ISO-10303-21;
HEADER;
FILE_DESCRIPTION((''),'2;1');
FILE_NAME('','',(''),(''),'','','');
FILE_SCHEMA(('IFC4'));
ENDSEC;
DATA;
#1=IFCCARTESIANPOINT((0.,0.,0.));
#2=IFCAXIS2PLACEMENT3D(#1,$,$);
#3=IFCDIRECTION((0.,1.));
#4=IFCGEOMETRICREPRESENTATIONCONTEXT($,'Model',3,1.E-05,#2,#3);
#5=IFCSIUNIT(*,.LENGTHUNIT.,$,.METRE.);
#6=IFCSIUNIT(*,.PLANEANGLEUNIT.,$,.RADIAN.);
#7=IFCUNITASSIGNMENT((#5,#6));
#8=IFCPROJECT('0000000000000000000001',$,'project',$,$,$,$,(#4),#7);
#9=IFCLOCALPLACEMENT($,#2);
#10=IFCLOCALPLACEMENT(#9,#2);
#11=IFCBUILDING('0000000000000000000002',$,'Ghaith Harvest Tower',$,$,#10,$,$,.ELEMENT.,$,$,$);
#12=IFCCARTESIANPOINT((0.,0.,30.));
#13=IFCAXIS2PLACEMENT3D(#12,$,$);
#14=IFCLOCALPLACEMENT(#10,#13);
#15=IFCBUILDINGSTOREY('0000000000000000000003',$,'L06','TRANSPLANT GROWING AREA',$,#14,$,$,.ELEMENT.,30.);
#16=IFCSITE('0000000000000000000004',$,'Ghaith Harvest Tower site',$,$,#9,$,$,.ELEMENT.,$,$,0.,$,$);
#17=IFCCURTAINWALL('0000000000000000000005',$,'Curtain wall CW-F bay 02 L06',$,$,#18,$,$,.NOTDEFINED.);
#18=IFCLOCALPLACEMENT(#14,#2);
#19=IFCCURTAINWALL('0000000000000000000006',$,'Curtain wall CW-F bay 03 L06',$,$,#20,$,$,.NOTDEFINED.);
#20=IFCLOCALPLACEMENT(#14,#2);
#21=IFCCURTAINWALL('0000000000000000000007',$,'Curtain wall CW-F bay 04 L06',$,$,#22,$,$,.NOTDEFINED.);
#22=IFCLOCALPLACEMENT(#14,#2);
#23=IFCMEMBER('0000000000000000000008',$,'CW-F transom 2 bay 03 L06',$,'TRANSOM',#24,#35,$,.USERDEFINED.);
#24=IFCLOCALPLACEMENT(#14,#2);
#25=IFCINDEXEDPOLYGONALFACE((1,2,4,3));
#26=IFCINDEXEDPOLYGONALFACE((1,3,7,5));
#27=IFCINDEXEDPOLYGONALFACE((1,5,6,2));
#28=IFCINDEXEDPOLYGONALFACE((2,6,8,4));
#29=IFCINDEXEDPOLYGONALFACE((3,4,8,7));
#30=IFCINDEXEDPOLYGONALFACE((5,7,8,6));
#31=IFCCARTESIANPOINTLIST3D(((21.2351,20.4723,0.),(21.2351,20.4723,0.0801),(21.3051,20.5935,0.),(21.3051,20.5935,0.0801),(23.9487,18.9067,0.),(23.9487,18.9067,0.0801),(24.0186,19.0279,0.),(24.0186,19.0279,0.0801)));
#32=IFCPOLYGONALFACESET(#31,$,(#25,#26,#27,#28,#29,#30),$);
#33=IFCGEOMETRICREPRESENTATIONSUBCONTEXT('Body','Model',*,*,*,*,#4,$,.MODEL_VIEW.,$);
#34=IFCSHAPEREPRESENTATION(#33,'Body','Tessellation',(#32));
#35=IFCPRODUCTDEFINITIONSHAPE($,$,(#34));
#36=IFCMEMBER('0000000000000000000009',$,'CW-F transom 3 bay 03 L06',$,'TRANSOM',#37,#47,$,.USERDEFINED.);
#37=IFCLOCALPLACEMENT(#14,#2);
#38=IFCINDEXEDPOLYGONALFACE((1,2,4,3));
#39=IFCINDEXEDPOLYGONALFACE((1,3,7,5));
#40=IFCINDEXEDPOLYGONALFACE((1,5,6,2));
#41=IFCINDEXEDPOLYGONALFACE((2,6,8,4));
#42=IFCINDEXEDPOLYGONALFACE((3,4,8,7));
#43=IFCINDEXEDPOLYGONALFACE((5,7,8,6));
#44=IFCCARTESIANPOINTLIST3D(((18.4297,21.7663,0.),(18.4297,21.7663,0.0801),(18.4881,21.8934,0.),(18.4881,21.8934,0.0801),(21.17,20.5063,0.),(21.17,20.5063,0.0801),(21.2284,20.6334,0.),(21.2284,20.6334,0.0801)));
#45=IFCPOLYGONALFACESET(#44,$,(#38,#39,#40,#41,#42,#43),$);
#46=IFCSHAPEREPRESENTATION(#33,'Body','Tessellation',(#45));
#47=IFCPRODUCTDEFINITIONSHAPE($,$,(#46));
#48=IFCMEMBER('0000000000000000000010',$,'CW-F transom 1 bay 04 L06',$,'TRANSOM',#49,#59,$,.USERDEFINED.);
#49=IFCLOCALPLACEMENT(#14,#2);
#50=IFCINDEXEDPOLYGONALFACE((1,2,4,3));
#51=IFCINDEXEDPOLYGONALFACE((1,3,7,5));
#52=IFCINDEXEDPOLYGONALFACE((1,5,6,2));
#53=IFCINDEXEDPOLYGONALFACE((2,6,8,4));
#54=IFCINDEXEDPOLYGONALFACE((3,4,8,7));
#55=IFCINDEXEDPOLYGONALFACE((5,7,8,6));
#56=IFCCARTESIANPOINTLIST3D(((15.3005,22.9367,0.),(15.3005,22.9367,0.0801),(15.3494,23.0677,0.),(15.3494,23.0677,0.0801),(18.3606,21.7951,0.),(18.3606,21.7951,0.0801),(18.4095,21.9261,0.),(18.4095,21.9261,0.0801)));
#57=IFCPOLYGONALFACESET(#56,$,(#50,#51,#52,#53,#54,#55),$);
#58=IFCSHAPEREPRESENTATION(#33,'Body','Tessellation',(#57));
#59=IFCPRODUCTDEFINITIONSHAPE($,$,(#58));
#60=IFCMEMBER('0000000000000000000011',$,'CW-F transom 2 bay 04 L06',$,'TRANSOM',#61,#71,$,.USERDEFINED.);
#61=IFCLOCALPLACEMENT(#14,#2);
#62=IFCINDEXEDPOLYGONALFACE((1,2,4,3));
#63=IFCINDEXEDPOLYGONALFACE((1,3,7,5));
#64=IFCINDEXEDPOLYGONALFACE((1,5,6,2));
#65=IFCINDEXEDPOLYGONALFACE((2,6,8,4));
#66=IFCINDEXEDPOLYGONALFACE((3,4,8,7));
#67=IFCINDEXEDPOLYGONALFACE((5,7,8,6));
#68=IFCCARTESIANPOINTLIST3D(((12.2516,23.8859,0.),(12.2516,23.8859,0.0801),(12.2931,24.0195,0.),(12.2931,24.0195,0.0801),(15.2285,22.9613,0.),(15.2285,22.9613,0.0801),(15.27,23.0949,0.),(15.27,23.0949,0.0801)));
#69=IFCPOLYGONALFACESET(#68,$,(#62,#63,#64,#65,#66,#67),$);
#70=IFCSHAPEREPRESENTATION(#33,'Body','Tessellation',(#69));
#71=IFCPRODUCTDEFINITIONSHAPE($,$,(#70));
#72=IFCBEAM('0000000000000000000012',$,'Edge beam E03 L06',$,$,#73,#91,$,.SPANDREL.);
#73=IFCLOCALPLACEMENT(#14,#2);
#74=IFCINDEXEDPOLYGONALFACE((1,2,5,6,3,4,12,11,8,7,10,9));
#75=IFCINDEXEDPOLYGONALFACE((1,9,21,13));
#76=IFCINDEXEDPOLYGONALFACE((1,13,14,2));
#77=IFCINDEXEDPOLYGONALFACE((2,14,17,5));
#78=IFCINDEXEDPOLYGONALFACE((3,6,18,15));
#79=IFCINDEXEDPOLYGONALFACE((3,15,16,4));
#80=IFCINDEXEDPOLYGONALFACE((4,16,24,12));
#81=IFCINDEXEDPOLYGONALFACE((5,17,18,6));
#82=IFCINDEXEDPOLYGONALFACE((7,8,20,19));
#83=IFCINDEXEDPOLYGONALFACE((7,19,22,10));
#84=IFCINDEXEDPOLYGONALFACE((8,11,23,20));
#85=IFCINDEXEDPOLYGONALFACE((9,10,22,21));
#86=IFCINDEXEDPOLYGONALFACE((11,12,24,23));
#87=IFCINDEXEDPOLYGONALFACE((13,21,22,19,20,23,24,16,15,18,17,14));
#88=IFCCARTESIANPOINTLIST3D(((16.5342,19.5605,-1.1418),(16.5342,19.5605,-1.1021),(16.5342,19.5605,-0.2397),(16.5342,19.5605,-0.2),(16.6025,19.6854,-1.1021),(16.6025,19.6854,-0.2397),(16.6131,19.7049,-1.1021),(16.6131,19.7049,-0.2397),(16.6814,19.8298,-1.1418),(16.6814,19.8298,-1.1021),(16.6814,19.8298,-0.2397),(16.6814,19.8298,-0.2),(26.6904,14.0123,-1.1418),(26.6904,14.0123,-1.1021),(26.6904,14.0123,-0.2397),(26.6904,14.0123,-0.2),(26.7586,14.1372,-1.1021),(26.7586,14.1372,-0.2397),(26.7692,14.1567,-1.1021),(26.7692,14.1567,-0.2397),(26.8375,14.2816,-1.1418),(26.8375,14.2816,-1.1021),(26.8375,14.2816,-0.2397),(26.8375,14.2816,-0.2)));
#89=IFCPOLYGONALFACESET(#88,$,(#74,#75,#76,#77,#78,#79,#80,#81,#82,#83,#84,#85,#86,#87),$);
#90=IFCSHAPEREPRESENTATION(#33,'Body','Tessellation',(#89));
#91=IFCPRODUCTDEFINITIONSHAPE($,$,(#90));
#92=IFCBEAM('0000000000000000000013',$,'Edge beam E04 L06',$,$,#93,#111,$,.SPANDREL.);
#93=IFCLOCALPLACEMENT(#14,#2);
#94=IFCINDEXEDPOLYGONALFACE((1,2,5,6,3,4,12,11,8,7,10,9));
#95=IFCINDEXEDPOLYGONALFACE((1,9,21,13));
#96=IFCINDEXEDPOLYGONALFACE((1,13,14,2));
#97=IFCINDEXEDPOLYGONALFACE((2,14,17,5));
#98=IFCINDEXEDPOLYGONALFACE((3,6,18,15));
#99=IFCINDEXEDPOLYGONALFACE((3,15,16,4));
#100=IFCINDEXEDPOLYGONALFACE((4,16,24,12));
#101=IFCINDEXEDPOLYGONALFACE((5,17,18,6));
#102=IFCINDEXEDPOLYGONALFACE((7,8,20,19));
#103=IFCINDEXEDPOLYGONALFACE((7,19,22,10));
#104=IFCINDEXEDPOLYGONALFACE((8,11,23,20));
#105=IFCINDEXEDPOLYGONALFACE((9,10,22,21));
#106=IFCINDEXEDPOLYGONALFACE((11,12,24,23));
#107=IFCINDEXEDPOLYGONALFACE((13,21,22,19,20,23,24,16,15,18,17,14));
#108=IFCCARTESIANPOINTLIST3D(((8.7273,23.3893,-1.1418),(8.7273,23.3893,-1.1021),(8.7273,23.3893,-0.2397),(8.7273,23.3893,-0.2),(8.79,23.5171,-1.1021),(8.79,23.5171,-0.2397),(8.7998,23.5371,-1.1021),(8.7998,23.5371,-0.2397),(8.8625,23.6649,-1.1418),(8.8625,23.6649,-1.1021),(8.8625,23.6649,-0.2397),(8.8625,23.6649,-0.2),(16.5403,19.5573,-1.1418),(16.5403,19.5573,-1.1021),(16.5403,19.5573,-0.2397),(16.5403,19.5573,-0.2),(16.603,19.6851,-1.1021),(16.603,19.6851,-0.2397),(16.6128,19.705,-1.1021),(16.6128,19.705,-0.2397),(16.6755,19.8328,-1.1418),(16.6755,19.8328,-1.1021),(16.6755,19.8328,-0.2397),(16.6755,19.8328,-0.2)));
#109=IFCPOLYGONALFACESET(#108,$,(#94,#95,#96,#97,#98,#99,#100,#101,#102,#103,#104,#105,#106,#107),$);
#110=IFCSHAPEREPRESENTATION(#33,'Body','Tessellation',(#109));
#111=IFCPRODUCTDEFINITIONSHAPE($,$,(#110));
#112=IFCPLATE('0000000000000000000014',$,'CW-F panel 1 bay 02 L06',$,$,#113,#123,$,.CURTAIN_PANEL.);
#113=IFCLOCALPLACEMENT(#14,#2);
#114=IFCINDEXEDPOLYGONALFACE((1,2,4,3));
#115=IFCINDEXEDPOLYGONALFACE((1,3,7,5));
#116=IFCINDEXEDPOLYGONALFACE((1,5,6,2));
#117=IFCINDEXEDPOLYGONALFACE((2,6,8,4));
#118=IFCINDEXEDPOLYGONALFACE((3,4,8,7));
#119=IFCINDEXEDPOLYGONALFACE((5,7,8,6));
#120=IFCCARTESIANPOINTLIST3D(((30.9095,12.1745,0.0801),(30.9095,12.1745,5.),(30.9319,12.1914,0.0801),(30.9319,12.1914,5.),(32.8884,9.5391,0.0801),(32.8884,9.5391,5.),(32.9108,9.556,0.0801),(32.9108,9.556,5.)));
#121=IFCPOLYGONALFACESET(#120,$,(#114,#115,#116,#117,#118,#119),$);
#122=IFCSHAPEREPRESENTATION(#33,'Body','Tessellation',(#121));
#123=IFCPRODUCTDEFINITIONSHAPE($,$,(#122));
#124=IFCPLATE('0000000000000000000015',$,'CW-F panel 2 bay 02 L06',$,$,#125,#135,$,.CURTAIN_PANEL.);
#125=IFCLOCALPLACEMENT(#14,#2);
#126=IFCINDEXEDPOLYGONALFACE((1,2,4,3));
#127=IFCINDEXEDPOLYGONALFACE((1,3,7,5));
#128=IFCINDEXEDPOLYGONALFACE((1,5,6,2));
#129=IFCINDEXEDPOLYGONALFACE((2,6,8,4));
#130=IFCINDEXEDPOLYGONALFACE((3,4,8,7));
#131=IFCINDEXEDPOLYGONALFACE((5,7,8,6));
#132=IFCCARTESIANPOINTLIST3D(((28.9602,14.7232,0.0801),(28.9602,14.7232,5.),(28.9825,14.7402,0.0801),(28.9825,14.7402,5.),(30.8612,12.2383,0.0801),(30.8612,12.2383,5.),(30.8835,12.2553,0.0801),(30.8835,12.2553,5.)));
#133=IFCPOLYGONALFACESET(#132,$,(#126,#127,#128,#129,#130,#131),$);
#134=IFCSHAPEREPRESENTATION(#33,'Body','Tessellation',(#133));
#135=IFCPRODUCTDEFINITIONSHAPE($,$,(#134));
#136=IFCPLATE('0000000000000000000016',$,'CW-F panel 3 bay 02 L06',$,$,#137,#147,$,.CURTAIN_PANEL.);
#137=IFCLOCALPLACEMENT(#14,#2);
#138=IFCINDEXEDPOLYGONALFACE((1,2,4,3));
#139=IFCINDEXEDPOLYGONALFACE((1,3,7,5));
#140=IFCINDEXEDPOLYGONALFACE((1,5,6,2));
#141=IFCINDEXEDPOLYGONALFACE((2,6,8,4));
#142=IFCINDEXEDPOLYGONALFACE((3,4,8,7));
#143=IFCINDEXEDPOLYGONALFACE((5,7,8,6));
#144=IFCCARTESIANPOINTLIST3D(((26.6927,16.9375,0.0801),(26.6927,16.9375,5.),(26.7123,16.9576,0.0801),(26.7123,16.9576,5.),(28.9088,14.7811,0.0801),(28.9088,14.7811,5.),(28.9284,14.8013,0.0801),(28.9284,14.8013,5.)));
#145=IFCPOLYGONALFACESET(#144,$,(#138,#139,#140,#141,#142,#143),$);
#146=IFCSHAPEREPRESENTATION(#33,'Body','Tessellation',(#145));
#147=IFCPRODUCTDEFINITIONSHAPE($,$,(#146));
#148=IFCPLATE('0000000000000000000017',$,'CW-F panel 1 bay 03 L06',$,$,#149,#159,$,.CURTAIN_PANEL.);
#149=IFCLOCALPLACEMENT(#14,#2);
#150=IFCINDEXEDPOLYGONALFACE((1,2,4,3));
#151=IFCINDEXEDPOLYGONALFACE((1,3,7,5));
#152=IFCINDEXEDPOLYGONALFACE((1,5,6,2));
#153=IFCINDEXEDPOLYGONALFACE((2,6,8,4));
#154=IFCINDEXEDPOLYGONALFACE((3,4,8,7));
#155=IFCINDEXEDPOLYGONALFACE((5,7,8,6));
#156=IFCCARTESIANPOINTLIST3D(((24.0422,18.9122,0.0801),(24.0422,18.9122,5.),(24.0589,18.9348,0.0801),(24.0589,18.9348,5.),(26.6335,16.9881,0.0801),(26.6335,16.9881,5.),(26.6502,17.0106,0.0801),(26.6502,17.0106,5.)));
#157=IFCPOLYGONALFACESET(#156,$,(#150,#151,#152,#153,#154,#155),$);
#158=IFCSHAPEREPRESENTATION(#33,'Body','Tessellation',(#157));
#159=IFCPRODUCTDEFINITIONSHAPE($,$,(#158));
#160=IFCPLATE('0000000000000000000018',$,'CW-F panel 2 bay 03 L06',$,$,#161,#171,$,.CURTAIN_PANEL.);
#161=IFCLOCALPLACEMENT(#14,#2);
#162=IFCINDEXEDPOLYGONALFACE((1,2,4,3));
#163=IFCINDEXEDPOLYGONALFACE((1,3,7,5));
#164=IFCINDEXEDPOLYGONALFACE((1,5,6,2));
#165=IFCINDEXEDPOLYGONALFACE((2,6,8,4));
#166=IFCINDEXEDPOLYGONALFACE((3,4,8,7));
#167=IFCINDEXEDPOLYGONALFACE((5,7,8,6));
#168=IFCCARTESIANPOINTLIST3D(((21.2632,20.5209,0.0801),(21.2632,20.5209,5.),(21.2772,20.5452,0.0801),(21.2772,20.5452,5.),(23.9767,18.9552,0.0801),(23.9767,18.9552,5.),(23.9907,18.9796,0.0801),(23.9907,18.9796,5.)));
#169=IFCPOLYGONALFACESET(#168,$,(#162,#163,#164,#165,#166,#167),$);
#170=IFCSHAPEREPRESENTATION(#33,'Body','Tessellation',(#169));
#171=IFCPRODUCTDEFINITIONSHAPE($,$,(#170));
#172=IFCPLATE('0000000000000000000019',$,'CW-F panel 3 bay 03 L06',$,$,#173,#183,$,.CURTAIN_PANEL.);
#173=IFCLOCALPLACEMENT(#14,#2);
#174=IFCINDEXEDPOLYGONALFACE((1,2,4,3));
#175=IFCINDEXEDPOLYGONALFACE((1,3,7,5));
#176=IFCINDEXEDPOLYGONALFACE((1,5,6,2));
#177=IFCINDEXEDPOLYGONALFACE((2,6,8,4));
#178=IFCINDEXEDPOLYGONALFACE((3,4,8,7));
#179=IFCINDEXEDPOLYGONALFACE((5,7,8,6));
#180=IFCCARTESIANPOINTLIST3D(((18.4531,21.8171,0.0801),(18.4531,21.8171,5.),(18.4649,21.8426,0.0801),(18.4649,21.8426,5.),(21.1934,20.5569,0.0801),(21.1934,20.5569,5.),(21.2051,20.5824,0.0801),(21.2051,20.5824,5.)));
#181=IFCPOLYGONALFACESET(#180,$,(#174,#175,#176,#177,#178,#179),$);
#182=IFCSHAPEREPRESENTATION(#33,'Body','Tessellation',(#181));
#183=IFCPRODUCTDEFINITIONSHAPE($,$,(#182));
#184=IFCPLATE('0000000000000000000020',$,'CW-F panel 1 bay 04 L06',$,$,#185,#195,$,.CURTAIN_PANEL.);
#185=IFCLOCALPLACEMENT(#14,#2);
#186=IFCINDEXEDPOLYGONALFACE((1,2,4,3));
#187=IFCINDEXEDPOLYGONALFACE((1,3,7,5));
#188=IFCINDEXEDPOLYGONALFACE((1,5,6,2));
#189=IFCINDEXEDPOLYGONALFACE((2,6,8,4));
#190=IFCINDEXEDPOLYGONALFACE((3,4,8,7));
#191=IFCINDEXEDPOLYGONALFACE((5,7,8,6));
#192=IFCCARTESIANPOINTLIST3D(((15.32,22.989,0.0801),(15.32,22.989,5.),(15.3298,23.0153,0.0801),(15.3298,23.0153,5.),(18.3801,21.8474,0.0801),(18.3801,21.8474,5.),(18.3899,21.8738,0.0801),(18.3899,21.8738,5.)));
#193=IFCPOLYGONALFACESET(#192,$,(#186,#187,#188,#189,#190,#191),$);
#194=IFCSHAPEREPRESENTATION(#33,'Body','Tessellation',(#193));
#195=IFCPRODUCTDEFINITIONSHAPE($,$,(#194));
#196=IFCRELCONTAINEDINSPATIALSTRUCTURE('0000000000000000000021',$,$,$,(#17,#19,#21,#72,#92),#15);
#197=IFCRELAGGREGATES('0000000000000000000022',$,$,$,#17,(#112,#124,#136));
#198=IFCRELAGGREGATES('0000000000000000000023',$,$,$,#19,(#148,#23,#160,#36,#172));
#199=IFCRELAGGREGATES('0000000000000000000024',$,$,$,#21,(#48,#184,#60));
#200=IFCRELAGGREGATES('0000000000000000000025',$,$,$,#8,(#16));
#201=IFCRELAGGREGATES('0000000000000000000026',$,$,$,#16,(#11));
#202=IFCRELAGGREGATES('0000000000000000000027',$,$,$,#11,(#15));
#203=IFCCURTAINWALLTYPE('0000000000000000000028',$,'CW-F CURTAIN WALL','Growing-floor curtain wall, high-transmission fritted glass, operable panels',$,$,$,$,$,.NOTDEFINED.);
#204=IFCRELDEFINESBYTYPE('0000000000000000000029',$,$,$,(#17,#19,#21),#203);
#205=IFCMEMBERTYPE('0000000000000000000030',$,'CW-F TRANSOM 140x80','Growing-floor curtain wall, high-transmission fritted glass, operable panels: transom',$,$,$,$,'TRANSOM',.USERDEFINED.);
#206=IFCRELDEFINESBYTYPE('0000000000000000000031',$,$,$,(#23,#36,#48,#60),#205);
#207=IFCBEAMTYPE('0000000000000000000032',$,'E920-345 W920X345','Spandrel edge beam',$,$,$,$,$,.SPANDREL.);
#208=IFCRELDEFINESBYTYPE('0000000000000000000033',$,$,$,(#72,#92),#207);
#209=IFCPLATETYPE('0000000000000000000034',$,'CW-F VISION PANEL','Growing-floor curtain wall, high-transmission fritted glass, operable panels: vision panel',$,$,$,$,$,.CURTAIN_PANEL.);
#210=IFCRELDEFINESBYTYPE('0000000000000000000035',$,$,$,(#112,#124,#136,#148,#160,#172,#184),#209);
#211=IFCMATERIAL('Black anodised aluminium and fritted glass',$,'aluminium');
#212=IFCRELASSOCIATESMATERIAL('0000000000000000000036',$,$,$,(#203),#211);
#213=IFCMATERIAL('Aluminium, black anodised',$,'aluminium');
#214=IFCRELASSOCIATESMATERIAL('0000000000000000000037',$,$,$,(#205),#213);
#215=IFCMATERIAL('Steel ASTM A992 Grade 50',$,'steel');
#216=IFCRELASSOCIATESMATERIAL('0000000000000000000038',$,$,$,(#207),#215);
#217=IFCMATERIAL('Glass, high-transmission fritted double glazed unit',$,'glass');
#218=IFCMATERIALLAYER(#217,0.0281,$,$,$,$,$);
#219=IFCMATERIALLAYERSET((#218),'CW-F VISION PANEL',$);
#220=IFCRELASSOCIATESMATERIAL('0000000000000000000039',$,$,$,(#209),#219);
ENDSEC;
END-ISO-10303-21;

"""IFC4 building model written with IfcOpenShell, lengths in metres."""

from ifc_helpers import new_model, si_unit, direction, frame, origin, origin_2d, place, context, subcontext, project, spatial, rectangle, i_section, extrude, material, layer, layer_set, material_profile, profile_set, type_object, element, aggregate, save


model = new_model("IFC4")

# Units and contexts
model_context = context("Model", 3, precision=1e-05, world=origin(), true_north=direction((0.0, 1.0)))
body_context = subcontext(model_context, "Body", "Model", "MODEL_VIEW")
ifc_project = project(units=[si_unit("LENGTHUNIT", "METRE"), si_unit("PLANEANGLEUNIT", "RADIAN")], contexts=[model_context])

# Site, building, storey
site_placement = place(None, origin())
site = spatial("IfcSite", under=ifc_project, at=site_placement, Name="Ghaith Harvest Tower site", CompositionType="ELEMENT", RefElevation=0.0)
building_placement = place(site_placement, origin())
building = spatial("IfcBuilding", under=site, at=building_placement, Name="Ghaith Harvest Tower", CompositionType="ELEMENT")
storey_placement = place(building_placement, frame((0.0, 0.0, 30.0)))
storey = spatial("IfcBuildingStorey", under=building, at=storey_placement, Name="L06", Description="TRANSPLANT GROWING AREA", CompositionType="ELEMENT", Elevation=30.0)

# Curtain walls
ifc_material_1 = material(Name="Black anodised aluminium and fritted glass", Category="aluminium")
curtain_wall_type = type_object("IfcCurtainWallType", Name="CW-F CURTAIN WALL", Description="Growing-floor curtain wall, high-transmission fritted glass, operable panels", PredefinedType="NOTDEFINED", material=ifc_material_1)
curtain_wall_1_placement = place(storey_placement, origin())
curtain_wall_1 = element("IfcCurtainWall", 1, at=curtain_wall_1_placement, inside=storey, type_object=curtain_wall_type, Name="Curtain wall CW-F bay 02 L06", PredefinedType="NOTDEFINED")
curtain_wall_2_placement = place(storey_placement, origin())
curtain_wall_2 = element("IfcCurtainWall", 2, at=curtain_wall_2_placement, inside=storey, type_object=curtain_wall_type, Name="Curtain wall CW-F bay 03 L06", PredefinedType="NOTDEFINED")
curtain_wall_3_placement = place(storey_placement, origin())
curtain_wall_3 = element("IfcCurtainWall", 3, at=curtain_wall_3_placement, inside=storey, type_object=curtain_wall_type, Name="Curtain wall CW-F bay 04 L06", PredefinedType="NOTDEFINED")

# Members
ifc_material_2 = material(Name="Aluminium, black anodised", Category="aluminium")
ifc_material_profile_1 = material_profile(ifc_material_2, rectangle(XDim=0.1399, YDim=0.0801, at=origin_2d()), Name="CW-F TRANSOM 140x80")
ifc_profile_set_1 = profile_set([ifc_material_profile_1], Name="Aluminium, black anodised")
member_type_1 = type_object("IfcMemberType", Name="CW-F TRANSOM 140x80", Description="Growing-floor curtain wall, high-transmission fritted glass, operable panels: transom", ElementType="TRANSOM", PredefinedType="USERDEFINED", material=ifc_profile_set_1)
member_1_placement = place(storey_placement, frame((23.9836, 18.9673, 0.04), z_axis=(-0.866169, 0.499752, 0.0), x_axis=(-0.499752, -0.866169, 0.0)))
member_1 = element("IfcMember", 4, at=member_1_placement, type_object=member_type_1, Name="CW-F transom 2 bay 03 L06", ObjectType="TRANSOM", PredefinedType="USERDEFINED", context=body_context, shape_type="SweptSolid", body=[
    extrude(rectangle(XDim=0.1399, YDim=0.0801, at=origin_2d()), origin(), (0.0, 0.0, 1.0), 3.1328),
])
member_2_placement = place(storey_placement, frame((21.1992, 20.5698, 0.04), z_axis=(-0.908553, 0.417769, 0.0), x_axis=(-0.417769, -0.908553, 0.0)))
member_2 = element("IfcMember", 5, at=member_2_placement, type_object=member_type_1, Name="CW-F transom 3 bay 03 L06", ObjectType="TRANSOM", PredefinedType="USERDEFINED", context=body_context, shape_type="SweptSolid", body=[
    extrude(rectangle(XDim=0.1399, YDim=0.0801, at=origin_2d()), origin(), (0.0, 0.0, 1.0), 3.0161),
])
member_3_placement = place(storey_placement, frame((18.385, 21.8606, 0.04), z_axis=(-0.936924, 0.349534, 0.0), x_axis=(-0.349534, -0.936924, 0.0)))
member_3 = element("IfcMember", 6, at=member_3_placement, type_object=member_type_1, Name="CW-F transom 1 bay 04 L06", ObjectType="TRANSOM", PredefinedType="USERDEFINED", context=body_context, shape_type="SweptSolid", body=[
    extrude(rectangle(XDim=0.1399, YDim=0.0801, at=origin_2d()), origin(), (0.0, 0.0, 1.0), 3.2661),
])
member_4_placement = place(storey_placement, frame((15.2493, 23.0281, 0.04), z_axis=(-0.954998, 0.296611, 0.0), x_axis=(-0.296611, -0.954998, 0.0)))
member_4 = element("IfcMember", 7, at=member_4_placement, type_object=member_type_1, Name="CW-F transom 2 bay 04 L06", ObjectType="TRANSOM", PredefinedType="USERDEFINED", context=body_context, shape_type="SweptSolid", body=[
    extrude(rectangle(XDim=0.1399, YDim=0.0801, at=origin_2d()), origin(), (0.0, 0.0, 1.0), 3.1172),
])

# Beams
ifc_material_3 = material(Name="Steel ASTM A992 Grade 50", Category="steel")
ifc_material_profile_2 = material_profile(ifc_material_3, i_section(OverallWidth=0.3069, OverallDepth=0.9419, WebThickness=0.0222, FlangeThickness=0.0398, at=origin_2d()), Name="W920X345")
ifc_profile_set_2 = profile_set([ifc_material_profile_2], Name="Steel ASTM A992 Grade 50")
beam_type = type_object("IfcBeamType", Name="E920-345 W920X345", Description="Spandrel edge beam", PredefinedType="SPANDREL", material=ifc_profile_set_2)
beam_1_placement = place(storey_placement, frame((26.7639, 14.147, -0.6709), z_axis=(-0.877588, 0.479415, 0.0), x_axis=(-0.479415, -0.877588, 0.0)))
element("IfcBeam", 8, at=beam_1_placement, inside=storey, type_object=beam_type, Name="Edge beam E03 L06", PredefinedType="SPANDREL", context=body_context, shape_type="SweptSolid", body=[
    extrude(i_section(OverallWidth=0.3069, OverallDepth=0.9419, WebThickness=0.0222, FlangeThickness=0.0398, at=origin_2d()), origin(), (0.0, 0.0, 1.0), 11.5728),
])
beam_2_placement = place(storey_placement, frame((16.6079, 19.6951, -0.6709), z_axis=(-0.897824, 0.440355, 0.0), x_axis=(-0.440355, -0.897824, 0.0)))
element("IfcBeam", 9, at=beam_2_placement, inside=storey, type_object=beam_type, Name="Edge beam E04 L06", PredefinedType="SPANDREL", context=body_context, shape_type="SweptSolid", body=[
    extrude(i_section(OverallWidth=0.3069, OverallDepth=0.9419, WebThickness=0.0222, FlangeThickness=0.0398, at=origin_2d()), origin(), (0.0, 0.0, 1.0), 8.7021),
])

# Plates
ifc_material_4 = material(Name="Glass, high-transmission fritted double glazed unit", Category="glass")
ifc_layer_1 = layer(ifc_material_4, 0.0281)
ifc_layer_set_1 = layer_set([ifc_layer_1], Name="CW-F VISION PANEL")
plate_type = type_object("IfcPlateType", Name="CW-F VISION PANEL", Description="Growing-floor curtain wall, high-transmission fritted glass, operable panels: vision panel", PredefinedType="CURTAIN_PANEL", material=ifc_layer_set_1)
plate_1_placement = place(storey_placement, frame((31.9102, 10.8652, 0.0801), z_axis=(0.0, 0.0, 1.0), x_axis=(-0.600454, 0.799659, 0.0)))
plate_1 = element("IfcPlate", 10, at=plate_1_placement, type_object=plate_type, Name="CW-F panel 1 bay 02 L06", PredefinedType="CURTAIN_PANEL", context=body_context, shape_type="SweptSolid", body=[
    extrude(rectangle(XDim=3.2957, YDim=0.0281, at=origin_2d()), origin(), (0.0, 0.0, 1.0), 4.9199),
])
plate_2_placement = place(storey_placement, frame((29.9219, 13.4893, 0.0801), z_axis=(0.0, 0.0, 1.0), x_axis=(-0.607612, 0.794234, 0.0)))
plate_2 = element("IfcPlate", 11, at=plate_2_placement, type_object=plate_type, Name="CW-F panel 2 bay 02 L06", PredefinedType="CURTAIN_PANEL", context=body_context, shape_type="SweptSolid", body=[
    extrude(rectangle(XDim=3.1287, YDim=0.0281, at=origin_2d()), origin(), (0.0, 0.0, 1.0), 4.9199),
])
plate_3_placement = place(storey_placement, frame((27.8105, 15.8694, 0.0801), z_axis=(0.0, 0.0, 1.0), x_axis=(-0.716691, 0.697391, 0.0)))
plate_3 = element("IfcPlate", 12, at=plate_3_placement, type_object=plate_type, Name="CW-F panel 3 bay 02 L06", PredefinedType="CURTAIN_PANEL", context=body_context, shape_type="SweptSolid", body=[
    extrude(rectangle(XDim=3.092, YDim=0.0281, at=origin_2d()), origin(), (0.0, 0.0, 1.0), 4.9199),
])
aggregate(curtain_wall_1, [plate_1, plate_2, plate_3])
plate_4_placement = place(storey_placement, frame((25.3462, 17.9614, 0.0801), z_axis=(0.0, 0.0, 1.0), x_axis=(-0.802867, 0.596158, 0.0)))
plate_4 = element("IfcPlate", 13, at=plate_4_placement, type_object=plate_type, Name="CW-F panel 1 bay 03 L06", PredefinedType="CURTAIN_PANEL", context=body_context, shape_type="SweptSolid", body=[
    extrude(rectangle(XDim=3.2275, YDim=0.0281, at=origin_2d()), origin(), (0.0, 0.0, 1.0), 4.9199),
])
plate_5_placement = place(storey_placement, frame((22.627, 19.7502, 0.0801), z_axis=(0.0, 0.0, 1.0), x_axis=(-0.866159, 0.499768, 0.0)))
plate_5 = element("IfcPlate", 14, at=plate_5_placement, type_object=plate_type, Name="CW-F panel 2 bay 03 L06", PredefinedType="CURTAIN_PANEL", context=body_context, shape_type="SweptSolid", body=[
    extrude(rectangle(XDim=3.1328, YDim=0.0281, at=origin_2d()), origin(), (0.0, 0.0, 1.0), 4.9199),
])
plate_6_placement = place(storey_placement, frame((19.8291, 21.1997, 0.0801), z_axis=(0.0, 0.0, 1.0), x_axis=(-0.90853, 0.417821, 0.0)))
plate_6 = element("IfcPlate", 15, at=plate_6_placement, type_object=plate_type, Name="CW-F panel 3 bay 03 L06", PredefinedType="CURTAIN_PANEL", context=body_context, shape_type="SweptSolid", body=[
    extrude(rectangle(XDim=3.0161, YDim=0.0281, at=origin_2d()), origin(), (0.0, 0.0, 1.0), 4.9199),
])
aggregate(curtain_wall_2, [plate_4, member_1, plate_5, member_2, plate_6])
plate_7_placement = place(storey_placement, frame((16.855, 22.4314, 0.0801), z_axis=(0.0, 0.0, 1.0), x_axis=(-0.936926, 0.349526, 0.0)))
plate_7 = element("IfcPlate", 16, at=plate_7_placement, type_object=plate_type, Name="CW-F panel 1 bay 04 L06", PredefinedType="CURTAIN_PANEL", context=body_context, shape_type="SweptSolid", body=[
    extrude(rectangle(XDim=3.2661, YDim=0.0281, at=origin_2d()), origin(), (0.0, 0.0, 1.0), 4.9199),
])
aggregate(curtain_wall_3, [member_3, plate_7, member_4])

save(model, "model.ifc")
